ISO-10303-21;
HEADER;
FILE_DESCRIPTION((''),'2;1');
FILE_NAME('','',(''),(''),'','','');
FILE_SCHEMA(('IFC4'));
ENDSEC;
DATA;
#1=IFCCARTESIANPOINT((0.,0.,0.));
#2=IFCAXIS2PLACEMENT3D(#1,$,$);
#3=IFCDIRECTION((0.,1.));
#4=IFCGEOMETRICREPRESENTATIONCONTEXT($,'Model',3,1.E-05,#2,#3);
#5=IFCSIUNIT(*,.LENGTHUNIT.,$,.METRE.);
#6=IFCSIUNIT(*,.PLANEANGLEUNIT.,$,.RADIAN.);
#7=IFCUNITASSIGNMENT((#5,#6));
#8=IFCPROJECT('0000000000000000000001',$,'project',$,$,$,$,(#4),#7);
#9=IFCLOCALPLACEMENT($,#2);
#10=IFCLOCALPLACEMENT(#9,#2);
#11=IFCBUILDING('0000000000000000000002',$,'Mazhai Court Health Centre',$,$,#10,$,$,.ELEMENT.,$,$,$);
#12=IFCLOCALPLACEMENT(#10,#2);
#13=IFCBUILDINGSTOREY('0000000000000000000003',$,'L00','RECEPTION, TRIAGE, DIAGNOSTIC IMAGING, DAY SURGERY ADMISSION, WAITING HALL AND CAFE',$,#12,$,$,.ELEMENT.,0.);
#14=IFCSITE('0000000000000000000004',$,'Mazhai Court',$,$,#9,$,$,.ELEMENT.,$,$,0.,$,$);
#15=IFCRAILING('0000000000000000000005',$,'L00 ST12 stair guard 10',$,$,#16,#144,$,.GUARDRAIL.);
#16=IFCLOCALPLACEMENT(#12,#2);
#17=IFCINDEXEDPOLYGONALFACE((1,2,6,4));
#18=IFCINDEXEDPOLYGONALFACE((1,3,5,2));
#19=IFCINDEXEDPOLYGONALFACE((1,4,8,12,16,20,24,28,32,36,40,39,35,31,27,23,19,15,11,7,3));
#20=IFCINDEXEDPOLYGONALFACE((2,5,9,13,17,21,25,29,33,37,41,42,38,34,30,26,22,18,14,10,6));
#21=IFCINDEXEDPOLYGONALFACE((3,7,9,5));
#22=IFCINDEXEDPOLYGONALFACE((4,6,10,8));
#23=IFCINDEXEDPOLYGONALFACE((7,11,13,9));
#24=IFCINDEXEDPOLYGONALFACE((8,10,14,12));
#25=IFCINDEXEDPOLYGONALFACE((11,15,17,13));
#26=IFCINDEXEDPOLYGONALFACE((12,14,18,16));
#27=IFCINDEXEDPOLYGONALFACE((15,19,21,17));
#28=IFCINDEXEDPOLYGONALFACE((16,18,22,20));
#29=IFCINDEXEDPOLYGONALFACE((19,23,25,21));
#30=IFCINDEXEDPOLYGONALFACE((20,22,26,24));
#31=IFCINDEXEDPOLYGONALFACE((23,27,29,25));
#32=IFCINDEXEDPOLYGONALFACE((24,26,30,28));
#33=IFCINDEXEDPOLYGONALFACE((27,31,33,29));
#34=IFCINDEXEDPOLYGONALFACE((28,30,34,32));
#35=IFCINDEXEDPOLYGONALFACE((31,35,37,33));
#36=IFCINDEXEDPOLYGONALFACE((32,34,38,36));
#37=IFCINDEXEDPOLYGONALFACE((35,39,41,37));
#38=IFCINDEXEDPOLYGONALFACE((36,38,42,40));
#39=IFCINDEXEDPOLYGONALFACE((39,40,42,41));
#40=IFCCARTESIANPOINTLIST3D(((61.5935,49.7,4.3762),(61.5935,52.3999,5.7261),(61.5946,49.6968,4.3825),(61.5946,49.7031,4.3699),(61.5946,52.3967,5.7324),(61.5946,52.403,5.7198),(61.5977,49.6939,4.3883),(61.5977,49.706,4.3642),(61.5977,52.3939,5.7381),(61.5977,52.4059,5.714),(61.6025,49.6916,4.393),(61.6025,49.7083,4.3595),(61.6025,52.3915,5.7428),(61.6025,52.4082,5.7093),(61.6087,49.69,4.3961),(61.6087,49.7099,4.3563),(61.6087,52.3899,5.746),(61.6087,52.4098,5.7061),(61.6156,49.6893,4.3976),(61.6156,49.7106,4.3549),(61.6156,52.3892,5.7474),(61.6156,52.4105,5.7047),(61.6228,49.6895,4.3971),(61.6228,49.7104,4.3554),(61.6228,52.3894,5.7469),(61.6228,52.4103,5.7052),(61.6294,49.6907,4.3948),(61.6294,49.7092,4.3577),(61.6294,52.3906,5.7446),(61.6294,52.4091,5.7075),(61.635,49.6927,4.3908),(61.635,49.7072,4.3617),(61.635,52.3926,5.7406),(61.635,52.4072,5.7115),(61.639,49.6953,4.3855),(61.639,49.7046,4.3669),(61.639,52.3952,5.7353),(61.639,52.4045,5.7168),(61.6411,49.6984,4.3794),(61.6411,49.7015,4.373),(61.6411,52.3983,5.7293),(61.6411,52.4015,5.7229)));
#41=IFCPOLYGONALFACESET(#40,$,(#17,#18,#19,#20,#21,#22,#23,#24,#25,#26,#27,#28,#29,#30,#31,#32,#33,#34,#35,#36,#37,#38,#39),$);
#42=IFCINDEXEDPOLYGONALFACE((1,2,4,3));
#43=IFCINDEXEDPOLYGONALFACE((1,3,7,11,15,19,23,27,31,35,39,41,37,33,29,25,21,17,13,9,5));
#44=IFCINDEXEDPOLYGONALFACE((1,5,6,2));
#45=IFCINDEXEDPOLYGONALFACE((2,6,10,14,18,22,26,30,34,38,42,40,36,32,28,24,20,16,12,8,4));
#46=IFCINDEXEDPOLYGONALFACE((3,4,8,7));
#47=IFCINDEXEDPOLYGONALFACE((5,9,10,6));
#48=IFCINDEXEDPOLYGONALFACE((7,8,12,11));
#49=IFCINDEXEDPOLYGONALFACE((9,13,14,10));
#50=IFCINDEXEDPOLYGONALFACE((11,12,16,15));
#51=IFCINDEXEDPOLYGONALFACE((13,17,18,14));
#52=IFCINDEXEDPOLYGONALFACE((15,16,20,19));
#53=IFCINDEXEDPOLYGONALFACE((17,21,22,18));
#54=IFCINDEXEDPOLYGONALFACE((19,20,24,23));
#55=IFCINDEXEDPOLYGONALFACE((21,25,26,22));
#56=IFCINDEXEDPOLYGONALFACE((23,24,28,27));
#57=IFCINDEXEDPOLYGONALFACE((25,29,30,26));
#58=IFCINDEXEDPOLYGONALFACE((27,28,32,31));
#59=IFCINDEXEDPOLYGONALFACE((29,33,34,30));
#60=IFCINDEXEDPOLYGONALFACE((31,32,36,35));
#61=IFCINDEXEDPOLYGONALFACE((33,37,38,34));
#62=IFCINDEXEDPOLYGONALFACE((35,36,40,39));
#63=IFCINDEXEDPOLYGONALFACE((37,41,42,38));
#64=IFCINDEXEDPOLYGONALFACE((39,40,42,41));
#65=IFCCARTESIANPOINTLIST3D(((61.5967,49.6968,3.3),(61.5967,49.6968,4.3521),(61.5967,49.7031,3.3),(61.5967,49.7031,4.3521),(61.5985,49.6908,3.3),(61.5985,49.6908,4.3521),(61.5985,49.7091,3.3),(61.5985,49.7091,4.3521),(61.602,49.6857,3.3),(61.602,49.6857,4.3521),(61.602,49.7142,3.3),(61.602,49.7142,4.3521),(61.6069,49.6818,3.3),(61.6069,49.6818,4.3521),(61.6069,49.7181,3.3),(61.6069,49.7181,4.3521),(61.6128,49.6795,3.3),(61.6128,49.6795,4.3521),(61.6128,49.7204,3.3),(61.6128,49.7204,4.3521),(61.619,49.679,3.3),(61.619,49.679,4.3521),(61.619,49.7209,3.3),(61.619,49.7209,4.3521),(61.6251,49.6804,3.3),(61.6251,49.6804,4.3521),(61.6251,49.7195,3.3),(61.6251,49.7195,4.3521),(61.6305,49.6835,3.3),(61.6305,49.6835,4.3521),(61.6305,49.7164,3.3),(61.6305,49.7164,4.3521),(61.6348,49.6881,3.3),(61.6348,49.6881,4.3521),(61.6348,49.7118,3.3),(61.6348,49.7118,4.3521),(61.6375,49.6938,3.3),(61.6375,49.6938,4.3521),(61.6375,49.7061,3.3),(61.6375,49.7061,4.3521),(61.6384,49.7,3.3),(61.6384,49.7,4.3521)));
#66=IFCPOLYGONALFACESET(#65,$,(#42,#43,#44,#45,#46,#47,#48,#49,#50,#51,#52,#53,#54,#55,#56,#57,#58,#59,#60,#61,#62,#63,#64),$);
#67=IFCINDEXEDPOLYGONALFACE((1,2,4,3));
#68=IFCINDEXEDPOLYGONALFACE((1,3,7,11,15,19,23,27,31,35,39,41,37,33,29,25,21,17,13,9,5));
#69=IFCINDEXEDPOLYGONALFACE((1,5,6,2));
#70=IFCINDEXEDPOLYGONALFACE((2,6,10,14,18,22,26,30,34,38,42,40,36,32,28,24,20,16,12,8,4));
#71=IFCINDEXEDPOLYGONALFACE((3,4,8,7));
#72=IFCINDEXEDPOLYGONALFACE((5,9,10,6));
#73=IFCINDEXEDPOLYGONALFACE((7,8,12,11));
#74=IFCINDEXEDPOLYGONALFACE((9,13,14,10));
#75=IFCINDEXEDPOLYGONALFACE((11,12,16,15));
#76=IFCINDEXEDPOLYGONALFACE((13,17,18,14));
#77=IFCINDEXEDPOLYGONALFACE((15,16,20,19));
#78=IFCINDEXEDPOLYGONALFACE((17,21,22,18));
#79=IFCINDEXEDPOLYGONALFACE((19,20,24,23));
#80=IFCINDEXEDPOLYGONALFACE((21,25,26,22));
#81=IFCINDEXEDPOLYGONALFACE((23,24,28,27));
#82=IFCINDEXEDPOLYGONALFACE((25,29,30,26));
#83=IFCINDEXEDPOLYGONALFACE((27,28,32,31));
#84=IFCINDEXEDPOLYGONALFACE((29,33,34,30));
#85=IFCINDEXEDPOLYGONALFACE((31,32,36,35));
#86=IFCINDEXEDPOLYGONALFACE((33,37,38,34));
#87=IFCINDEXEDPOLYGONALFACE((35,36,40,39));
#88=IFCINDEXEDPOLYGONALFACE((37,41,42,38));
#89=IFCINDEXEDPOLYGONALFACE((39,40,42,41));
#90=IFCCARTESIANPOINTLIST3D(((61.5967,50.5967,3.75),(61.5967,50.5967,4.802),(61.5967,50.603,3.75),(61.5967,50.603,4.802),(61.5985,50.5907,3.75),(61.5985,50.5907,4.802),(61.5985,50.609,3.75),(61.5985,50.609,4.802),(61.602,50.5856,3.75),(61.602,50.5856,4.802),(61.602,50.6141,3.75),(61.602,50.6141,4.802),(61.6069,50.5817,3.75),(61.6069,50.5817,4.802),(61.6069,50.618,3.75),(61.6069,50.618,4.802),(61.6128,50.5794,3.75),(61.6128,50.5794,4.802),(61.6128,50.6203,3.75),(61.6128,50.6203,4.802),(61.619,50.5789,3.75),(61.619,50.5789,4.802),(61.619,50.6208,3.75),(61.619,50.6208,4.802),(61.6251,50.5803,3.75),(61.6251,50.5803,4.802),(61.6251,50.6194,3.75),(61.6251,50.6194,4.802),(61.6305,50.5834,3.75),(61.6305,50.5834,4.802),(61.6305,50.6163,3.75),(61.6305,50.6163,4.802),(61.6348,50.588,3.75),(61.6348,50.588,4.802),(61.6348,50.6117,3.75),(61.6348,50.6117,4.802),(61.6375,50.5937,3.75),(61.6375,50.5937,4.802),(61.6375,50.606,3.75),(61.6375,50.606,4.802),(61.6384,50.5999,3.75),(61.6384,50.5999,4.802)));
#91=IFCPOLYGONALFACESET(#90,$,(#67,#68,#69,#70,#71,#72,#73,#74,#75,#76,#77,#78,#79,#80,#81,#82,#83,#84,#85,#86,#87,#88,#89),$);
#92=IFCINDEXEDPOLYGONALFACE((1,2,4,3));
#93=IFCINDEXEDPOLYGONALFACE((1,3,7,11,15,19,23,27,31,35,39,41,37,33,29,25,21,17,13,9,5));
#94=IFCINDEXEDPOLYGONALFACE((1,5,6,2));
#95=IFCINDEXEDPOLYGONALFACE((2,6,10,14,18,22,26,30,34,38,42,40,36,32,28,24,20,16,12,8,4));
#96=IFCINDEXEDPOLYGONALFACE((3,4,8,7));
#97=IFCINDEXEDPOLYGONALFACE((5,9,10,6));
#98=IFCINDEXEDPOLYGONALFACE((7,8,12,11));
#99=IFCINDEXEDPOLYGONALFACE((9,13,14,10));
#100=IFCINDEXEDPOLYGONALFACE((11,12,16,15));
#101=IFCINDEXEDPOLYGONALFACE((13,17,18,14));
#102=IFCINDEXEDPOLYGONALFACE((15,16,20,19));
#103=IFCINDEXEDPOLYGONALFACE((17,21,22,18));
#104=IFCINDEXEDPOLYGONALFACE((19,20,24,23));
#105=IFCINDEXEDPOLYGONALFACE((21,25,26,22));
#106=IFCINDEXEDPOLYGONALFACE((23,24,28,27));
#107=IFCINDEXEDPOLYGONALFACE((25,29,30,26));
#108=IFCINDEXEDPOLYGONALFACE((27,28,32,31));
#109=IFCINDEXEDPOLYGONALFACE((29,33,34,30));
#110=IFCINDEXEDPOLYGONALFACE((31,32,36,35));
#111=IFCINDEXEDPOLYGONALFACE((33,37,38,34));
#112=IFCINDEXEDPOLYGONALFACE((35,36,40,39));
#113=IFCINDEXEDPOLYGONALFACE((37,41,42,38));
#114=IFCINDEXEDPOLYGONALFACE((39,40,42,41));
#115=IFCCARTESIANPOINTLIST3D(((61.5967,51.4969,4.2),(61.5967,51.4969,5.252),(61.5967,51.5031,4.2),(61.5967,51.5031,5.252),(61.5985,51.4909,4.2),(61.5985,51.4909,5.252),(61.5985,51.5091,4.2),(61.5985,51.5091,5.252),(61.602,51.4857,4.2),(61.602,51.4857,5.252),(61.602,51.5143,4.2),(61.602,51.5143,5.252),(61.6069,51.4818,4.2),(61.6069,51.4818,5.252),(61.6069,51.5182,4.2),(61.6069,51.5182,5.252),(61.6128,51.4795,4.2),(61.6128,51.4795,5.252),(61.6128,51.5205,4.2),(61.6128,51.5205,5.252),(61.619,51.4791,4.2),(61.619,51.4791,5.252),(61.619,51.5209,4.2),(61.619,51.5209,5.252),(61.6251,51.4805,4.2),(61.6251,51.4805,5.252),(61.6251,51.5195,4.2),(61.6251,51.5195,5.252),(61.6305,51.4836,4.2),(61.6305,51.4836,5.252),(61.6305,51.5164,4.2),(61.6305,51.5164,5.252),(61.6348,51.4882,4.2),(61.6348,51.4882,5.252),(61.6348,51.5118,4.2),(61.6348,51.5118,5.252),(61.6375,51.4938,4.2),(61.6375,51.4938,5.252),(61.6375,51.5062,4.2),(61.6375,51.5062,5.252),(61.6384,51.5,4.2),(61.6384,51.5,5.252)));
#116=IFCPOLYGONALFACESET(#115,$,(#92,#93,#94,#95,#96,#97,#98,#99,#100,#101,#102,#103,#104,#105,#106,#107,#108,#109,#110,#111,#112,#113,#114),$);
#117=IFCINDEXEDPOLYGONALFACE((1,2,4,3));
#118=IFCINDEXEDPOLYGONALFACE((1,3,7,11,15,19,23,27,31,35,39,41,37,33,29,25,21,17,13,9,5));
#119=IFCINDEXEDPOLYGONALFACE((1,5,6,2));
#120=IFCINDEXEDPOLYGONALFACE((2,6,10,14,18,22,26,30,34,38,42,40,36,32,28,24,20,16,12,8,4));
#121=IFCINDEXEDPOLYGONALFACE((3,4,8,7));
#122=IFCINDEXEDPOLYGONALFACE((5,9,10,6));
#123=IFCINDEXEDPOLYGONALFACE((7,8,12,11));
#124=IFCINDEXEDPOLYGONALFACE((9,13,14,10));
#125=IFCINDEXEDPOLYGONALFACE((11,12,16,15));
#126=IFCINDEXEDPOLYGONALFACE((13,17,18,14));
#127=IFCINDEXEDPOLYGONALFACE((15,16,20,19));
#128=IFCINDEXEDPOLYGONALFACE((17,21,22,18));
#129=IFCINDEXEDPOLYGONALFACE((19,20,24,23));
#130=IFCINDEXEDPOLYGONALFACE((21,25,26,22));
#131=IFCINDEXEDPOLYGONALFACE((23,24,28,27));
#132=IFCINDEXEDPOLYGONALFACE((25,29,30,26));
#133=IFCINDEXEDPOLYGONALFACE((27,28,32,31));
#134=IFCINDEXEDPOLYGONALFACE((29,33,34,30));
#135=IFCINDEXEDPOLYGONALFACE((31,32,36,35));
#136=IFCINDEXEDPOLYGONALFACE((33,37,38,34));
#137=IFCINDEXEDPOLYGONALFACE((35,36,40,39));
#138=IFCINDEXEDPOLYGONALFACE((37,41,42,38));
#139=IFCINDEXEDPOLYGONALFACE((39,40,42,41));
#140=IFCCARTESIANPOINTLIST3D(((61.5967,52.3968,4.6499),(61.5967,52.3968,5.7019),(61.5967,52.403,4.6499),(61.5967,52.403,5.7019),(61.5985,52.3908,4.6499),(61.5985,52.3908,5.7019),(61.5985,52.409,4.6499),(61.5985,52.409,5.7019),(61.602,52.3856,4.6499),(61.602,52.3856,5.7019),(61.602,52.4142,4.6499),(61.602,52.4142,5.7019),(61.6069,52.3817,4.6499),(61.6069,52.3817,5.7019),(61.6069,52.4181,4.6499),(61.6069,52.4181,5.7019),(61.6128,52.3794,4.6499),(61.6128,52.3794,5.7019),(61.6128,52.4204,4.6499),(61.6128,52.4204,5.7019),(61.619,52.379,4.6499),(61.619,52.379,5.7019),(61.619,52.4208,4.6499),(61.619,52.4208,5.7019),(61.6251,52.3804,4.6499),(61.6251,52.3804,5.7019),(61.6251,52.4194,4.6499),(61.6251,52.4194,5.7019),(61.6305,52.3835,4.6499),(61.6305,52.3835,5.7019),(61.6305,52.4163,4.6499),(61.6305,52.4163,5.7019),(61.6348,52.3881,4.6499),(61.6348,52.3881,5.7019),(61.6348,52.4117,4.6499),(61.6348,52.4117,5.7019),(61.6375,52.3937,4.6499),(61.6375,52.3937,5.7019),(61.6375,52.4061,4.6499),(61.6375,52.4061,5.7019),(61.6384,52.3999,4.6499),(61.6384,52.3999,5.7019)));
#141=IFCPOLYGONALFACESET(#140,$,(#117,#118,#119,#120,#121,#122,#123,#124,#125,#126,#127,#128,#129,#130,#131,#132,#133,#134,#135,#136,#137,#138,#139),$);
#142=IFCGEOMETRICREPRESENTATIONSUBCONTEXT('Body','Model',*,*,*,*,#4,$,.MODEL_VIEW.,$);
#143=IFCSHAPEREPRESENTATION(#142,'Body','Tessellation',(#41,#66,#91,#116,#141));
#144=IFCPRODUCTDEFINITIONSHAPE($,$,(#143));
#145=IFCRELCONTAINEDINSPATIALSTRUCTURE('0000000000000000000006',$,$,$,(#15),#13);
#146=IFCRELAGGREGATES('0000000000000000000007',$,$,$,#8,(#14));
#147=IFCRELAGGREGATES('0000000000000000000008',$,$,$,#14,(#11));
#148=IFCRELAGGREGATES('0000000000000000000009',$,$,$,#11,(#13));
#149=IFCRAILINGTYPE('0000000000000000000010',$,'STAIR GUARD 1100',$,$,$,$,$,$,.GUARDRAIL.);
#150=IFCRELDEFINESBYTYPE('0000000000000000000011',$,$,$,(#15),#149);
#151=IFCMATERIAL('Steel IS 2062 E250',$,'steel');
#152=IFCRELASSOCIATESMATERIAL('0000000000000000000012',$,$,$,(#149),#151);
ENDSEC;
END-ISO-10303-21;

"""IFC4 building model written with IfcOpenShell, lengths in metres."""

from ifc_helpers import new_model, si_unit, direction, frame, origin, origin_2d, place, context, subcontext, project, spatial, circle, extrude, material, type_object, element, save


model = new_model("IFC4")

# Units and contexts
model_context = context("Model", 3, precision=1e-05, world=origin(), true_north=direction((0.0, 1.0)))
body_context = subcontext(model_context, "Body", "Model", "MODEL_VIEW")
ifc_project = project(units=[si_unit("LENGTHUNIT", "METRE"), si_unit("PLANEANGLEUNIT", "RADIAN")], contexts=[model_context])

# Site, building, storey
site_placement = place(None, origin())
site = spatial("IfcSite", under=ifc_project, at=site_placement, Name="Mazhai Court", CompositionType="ELEMENT", RefElevation=0.0)
building_placement = place(site_placement, origin())
building = spatial("IfcBuilding", under=site, at=building_placement, Name="Mazhai Court Health Centre", CompositionType="ELEMENT")
storey_placement = place(building_placement, origin())
storey = spatial("IfcBuildingStorey", under=building, at=storey_placement, Name="L00", Description="RECEPTION, TRIAGE, DIAGNOSTIC IMAGING, DAY SURGERY ADMISSION, WAITING HALL AND CAFE", CompositionType="ELEMENT", Elevation=0.0)

# Railing
ifc_material_1 = material(Name="Steel IS 2062 E250", Category="steel")
railing_type_1 = type_object("IfcRailingType", Name="STAIR GUARD 1100", PredefinedType="GUARDRAIL", material=ifc_material_1)
railing_1_placement = place(storey_placement, frame((61.6174, 49.7, 3.3)))
element("IfcRailing", 1, at=railing_1_placement, inside=storey, type_object=railing_type_1, Name="L00 ST12 stair guard 10", PredefinedType="GUARDRAIL", context=body_context, shape_type="SweptSolid", body=[
    extrude(circle(Radius=0.0239, at=origin_2d()), frame((0.0, 0.0, 1.0762), z_axis=(0.0, 0.894443, 0.447181), x_axis=(-1.0, 0.0, 0.0)), (0.0, 0.0, 1.0), 3.0186),
    extrude(circle(Radius=0.021, at=origin_2d()), origin(), (0.0, 0.0, 1.0), 1.052),
    extrude(circle(Radius=0.021, at=origin_2d()), frame((0.0, 0.8999, 0.45)), (0.0, 0.0, 1.0), 1.052),
    extrude(circle(Radius=0.021, at=origin_2d()), frame((0.0, 1.8, 0.8999)), (0.0, 0.0, 1.0), 1.052),
    extrude(circle(Radius=0.021, at=origin_2d()), frame((0.0, 2.7, 1.3499)), (0.0, 0.0, 1.0), 1.052),
])

save(model, "model.ifc")
